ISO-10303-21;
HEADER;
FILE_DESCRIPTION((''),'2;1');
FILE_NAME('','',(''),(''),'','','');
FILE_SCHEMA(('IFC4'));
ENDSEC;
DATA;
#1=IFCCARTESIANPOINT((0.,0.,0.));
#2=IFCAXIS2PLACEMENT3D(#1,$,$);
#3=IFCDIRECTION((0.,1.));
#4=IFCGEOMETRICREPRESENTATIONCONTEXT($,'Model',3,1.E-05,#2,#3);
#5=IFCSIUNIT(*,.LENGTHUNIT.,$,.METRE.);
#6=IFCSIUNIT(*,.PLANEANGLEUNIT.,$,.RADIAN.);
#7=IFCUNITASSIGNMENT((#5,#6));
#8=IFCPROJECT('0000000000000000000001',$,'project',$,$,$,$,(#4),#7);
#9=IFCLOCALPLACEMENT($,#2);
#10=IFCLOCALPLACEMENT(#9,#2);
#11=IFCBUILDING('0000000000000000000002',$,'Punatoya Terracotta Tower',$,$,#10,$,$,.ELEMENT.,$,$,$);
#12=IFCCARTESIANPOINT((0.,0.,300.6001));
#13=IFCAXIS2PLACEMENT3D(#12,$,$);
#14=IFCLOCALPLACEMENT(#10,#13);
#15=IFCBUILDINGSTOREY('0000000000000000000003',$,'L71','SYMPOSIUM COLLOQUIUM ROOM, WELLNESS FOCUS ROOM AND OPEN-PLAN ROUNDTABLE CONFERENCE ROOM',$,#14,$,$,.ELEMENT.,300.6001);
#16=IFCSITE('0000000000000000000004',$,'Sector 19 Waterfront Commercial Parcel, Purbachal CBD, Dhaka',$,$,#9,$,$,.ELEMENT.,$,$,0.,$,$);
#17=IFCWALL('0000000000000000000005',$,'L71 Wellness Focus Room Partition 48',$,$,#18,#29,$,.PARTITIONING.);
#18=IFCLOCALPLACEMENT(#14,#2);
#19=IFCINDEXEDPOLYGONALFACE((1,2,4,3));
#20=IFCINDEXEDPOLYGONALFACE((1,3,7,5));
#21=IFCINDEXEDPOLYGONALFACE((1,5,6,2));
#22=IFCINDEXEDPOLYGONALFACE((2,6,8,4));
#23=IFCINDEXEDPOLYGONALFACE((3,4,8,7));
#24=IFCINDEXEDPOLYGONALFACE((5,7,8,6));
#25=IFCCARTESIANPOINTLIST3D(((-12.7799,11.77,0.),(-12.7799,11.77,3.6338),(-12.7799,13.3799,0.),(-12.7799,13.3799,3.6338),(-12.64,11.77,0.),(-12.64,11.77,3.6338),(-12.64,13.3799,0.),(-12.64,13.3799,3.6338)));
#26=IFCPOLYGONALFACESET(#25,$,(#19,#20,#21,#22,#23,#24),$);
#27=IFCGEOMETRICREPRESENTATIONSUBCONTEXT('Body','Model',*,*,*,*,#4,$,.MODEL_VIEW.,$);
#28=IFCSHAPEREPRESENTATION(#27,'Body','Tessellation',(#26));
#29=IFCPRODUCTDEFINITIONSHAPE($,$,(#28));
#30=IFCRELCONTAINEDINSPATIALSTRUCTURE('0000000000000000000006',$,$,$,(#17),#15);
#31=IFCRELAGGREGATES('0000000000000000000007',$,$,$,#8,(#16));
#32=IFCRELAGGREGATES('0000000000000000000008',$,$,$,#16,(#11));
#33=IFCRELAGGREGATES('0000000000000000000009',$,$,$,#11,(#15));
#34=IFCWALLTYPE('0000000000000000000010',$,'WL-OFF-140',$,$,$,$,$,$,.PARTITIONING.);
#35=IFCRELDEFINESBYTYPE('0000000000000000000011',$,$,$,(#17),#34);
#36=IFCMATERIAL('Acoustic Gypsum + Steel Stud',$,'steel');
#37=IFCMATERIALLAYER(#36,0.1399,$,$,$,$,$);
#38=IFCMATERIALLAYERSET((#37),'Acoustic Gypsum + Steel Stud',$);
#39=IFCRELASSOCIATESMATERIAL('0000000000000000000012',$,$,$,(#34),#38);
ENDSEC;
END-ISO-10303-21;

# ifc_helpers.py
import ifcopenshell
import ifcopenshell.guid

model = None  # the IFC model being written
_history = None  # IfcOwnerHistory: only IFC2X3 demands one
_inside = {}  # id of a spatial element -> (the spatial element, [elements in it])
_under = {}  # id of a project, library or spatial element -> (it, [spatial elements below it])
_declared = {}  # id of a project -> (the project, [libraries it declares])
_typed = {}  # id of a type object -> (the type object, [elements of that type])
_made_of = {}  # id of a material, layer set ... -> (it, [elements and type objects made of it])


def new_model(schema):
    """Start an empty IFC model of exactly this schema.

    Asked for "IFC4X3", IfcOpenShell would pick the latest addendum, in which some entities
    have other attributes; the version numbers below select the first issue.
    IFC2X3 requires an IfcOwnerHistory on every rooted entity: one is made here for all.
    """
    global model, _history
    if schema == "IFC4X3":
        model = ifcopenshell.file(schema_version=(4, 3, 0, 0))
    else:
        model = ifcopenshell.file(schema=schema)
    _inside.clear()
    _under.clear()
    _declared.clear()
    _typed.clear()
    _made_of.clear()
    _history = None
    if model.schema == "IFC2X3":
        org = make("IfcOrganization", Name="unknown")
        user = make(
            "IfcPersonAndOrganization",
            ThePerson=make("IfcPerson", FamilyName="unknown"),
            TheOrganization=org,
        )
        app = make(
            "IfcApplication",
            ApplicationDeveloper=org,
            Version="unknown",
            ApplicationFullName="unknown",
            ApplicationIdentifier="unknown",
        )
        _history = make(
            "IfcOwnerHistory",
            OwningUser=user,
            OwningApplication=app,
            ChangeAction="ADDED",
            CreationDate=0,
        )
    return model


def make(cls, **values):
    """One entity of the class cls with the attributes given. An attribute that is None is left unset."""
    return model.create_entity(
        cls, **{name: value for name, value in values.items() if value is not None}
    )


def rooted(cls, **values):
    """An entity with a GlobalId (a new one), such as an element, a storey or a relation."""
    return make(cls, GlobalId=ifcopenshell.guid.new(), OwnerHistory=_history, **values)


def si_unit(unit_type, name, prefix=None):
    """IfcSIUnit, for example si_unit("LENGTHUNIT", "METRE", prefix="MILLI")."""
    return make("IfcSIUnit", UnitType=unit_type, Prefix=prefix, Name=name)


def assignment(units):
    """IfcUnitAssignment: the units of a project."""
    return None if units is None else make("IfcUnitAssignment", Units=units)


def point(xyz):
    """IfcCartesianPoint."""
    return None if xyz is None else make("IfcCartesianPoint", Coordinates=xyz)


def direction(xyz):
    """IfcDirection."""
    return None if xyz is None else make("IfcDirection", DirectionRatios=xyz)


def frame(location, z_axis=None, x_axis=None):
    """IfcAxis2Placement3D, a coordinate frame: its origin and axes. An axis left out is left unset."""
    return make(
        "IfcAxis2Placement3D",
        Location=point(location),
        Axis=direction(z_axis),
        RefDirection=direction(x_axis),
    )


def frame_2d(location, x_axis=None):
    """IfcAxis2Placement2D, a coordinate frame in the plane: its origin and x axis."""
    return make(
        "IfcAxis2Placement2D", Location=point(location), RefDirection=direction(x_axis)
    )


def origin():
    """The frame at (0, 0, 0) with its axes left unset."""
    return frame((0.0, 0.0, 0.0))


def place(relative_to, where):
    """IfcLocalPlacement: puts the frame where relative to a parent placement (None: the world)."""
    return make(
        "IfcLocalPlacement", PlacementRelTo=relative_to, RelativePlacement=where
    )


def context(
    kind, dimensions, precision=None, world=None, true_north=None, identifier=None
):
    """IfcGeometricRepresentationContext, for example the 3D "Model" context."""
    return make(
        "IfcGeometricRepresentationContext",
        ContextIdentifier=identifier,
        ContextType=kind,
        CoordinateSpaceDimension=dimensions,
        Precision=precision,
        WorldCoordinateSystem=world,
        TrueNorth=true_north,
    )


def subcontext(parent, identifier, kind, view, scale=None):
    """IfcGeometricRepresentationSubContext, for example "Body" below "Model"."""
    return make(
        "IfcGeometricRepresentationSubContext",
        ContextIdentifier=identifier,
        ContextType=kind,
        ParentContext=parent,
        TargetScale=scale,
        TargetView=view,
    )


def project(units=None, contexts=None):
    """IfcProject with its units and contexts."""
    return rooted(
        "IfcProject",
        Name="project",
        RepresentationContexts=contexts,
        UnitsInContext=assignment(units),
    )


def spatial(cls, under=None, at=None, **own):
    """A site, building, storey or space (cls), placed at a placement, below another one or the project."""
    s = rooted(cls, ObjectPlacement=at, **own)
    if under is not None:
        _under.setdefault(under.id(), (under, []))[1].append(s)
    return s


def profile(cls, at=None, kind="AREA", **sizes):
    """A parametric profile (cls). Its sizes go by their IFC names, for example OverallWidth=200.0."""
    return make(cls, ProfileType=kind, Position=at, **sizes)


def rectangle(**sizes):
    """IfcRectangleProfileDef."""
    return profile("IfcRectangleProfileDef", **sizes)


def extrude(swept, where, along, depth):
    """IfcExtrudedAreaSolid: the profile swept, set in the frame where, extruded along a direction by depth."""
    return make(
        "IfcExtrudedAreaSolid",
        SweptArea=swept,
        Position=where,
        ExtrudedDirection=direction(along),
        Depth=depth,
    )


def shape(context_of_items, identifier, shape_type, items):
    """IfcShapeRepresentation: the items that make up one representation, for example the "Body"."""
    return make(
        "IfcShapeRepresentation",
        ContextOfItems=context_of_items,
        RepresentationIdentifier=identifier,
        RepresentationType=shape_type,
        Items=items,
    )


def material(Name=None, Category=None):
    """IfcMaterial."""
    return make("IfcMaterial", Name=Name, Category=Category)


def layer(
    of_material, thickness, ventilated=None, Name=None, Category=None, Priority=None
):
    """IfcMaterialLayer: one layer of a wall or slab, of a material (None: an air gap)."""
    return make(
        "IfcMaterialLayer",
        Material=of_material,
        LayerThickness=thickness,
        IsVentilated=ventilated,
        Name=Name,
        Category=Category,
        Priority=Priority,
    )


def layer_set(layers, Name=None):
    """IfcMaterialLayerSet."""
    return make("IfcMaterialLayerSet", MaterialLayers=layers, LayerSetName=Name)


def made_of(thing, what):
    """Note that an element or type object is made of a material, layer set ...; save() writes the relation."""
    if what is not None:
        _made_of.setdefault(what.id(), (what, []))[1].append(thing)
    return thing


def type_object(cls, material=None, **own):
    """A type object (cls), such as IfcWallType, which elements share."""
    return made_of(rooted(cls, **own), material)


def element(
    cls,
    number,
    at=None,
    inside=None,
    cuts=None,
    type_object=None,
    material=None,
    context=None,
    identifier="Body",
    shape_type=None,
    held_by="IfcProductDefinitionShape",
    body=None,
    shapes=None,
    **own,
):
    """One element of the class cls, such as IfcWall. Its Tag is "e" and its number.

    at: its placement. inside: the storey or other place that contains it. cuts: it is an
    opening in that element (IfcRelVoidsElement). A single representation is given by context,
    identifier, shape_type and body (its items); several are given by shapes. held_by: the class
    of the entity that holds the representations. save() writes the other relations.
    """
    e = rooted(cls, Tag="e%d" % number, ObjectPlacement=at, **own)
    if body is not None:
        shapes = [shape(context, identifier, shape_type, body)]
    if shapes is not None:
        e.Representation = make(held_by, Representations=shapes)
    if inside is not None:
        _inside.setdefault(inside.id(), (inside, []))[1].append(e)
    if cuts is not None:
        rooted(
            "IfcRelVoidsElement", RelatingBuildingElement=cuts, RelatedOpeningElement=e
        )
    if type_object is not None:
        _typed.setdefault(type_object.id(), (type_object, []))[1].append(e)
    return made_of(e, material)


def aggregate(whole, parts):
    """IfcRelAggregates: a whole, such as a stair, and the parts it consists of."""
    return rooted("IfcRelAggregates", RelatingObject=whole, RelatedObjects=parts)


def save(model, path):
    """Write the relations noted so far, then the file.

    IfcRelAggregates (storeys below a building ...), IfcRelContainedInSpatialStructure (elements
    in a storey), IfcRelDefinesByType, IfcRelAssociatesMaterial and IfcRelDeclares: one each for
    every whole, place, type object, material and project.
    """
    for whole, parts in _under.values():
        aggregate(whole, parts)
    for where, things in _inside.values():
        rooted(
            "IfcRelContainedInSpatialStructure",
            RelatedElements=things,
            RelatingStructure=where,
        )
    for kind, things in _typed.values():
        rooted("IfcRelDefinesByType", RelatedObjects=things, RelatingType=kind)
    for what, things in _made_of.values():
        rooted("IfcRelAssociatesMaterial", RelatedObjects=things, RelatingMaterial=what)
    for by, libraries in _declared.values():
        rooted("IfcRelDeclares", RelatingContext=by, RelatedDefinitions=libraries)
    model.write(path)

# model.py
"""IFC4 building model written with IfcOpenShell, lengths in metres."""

from ifc_helpers import new_model, si_unit, direction, frame, frame_2d, origin, place, context, subcontext, project, spatial, rectangle, extrude, material, layer, layer_set, type_object, element, save


model = new_model("IFC4")

# Units and contexts
model_context = context("Model", 3, precision=1e-05, world=origin(), true_north=direction((0.0, 1.0)))
body_context = subcontext(model_context, "Body", "Model", "MODEL_VIEW")
ifc_project = project(units=[si_unit("LENGTHUNIT", "METRE"), si_unit("PLANEANGLEUNIT", "RADIAN")], contexts=[model_context])

# Site, building, storey
site_placement = place(None, origin())
site = spatial("IfcSite", under=ifc_project, at=site_placement, Name="Sector 19 Waterfront Commercial Parcel, Purbachal CBD, Dhaka", CompositionType="ELEMENT", RefElevation=0.0)
building_placement = place(site_placement, origin())
building = spatial("IfcBuilding", under=site, at=building_placement, Name="Punatoya Terracotta Tower", CompositionType="ELEMENT")
storey_placement = place(building_placement, frame((0.0, 0.0, 300.6001)))
storey = spatial("IfcBuildingStorey", under=building, at=storey_placement, Name="L71", Description="SYMPOSIUM COLLOQUIUM ROOM, WELLNESS FOCUS ROOM AND OPEN-PLAN ROUNDTABLE CONFERENCE ROOM", CompositionType="ELEMENT", Elevation=300.6001)

# Wall
ifc_material_1 = material(Name="Acoustic Gypsum + Steel Stud", Category="steel")
ifc_layer_1 = layer(ifc_material_1, 0.1399)
ifc_layer_set_1 = layer_set([ifc_layer_1], Name="Acoustic Gypsum + Steel Stud")
wall_type_1 = type_object("IfcWallType", Name="WL-OFF-140", PredefinedType="PARTITIONING", material=ifc_layer_set_1)
wall_1_placement = place(storey_placement, frame((-12.71, 13.3799, 0.0), z_axis=(0.0, 0.0, 1.0), x_axis=(0.0, -1.0, 0.0)))
element("IfcWall", 1, at=wall_1_placement, inside=storey, type_object=wall_type_1, Name="L71 Wellness Focus Room Partition 48", PredefinedType="PARTITIONING", context=body_context, shape_type="SweptSolid", body=[
    extrude(rectangle(XDim=1.6099, YDim=0.1399, at=frame_2d((0.8049, 0.0))), origin(), (0.0, 0.0, 1.0), 3.6338),
])

save(model, "model.ifc")
